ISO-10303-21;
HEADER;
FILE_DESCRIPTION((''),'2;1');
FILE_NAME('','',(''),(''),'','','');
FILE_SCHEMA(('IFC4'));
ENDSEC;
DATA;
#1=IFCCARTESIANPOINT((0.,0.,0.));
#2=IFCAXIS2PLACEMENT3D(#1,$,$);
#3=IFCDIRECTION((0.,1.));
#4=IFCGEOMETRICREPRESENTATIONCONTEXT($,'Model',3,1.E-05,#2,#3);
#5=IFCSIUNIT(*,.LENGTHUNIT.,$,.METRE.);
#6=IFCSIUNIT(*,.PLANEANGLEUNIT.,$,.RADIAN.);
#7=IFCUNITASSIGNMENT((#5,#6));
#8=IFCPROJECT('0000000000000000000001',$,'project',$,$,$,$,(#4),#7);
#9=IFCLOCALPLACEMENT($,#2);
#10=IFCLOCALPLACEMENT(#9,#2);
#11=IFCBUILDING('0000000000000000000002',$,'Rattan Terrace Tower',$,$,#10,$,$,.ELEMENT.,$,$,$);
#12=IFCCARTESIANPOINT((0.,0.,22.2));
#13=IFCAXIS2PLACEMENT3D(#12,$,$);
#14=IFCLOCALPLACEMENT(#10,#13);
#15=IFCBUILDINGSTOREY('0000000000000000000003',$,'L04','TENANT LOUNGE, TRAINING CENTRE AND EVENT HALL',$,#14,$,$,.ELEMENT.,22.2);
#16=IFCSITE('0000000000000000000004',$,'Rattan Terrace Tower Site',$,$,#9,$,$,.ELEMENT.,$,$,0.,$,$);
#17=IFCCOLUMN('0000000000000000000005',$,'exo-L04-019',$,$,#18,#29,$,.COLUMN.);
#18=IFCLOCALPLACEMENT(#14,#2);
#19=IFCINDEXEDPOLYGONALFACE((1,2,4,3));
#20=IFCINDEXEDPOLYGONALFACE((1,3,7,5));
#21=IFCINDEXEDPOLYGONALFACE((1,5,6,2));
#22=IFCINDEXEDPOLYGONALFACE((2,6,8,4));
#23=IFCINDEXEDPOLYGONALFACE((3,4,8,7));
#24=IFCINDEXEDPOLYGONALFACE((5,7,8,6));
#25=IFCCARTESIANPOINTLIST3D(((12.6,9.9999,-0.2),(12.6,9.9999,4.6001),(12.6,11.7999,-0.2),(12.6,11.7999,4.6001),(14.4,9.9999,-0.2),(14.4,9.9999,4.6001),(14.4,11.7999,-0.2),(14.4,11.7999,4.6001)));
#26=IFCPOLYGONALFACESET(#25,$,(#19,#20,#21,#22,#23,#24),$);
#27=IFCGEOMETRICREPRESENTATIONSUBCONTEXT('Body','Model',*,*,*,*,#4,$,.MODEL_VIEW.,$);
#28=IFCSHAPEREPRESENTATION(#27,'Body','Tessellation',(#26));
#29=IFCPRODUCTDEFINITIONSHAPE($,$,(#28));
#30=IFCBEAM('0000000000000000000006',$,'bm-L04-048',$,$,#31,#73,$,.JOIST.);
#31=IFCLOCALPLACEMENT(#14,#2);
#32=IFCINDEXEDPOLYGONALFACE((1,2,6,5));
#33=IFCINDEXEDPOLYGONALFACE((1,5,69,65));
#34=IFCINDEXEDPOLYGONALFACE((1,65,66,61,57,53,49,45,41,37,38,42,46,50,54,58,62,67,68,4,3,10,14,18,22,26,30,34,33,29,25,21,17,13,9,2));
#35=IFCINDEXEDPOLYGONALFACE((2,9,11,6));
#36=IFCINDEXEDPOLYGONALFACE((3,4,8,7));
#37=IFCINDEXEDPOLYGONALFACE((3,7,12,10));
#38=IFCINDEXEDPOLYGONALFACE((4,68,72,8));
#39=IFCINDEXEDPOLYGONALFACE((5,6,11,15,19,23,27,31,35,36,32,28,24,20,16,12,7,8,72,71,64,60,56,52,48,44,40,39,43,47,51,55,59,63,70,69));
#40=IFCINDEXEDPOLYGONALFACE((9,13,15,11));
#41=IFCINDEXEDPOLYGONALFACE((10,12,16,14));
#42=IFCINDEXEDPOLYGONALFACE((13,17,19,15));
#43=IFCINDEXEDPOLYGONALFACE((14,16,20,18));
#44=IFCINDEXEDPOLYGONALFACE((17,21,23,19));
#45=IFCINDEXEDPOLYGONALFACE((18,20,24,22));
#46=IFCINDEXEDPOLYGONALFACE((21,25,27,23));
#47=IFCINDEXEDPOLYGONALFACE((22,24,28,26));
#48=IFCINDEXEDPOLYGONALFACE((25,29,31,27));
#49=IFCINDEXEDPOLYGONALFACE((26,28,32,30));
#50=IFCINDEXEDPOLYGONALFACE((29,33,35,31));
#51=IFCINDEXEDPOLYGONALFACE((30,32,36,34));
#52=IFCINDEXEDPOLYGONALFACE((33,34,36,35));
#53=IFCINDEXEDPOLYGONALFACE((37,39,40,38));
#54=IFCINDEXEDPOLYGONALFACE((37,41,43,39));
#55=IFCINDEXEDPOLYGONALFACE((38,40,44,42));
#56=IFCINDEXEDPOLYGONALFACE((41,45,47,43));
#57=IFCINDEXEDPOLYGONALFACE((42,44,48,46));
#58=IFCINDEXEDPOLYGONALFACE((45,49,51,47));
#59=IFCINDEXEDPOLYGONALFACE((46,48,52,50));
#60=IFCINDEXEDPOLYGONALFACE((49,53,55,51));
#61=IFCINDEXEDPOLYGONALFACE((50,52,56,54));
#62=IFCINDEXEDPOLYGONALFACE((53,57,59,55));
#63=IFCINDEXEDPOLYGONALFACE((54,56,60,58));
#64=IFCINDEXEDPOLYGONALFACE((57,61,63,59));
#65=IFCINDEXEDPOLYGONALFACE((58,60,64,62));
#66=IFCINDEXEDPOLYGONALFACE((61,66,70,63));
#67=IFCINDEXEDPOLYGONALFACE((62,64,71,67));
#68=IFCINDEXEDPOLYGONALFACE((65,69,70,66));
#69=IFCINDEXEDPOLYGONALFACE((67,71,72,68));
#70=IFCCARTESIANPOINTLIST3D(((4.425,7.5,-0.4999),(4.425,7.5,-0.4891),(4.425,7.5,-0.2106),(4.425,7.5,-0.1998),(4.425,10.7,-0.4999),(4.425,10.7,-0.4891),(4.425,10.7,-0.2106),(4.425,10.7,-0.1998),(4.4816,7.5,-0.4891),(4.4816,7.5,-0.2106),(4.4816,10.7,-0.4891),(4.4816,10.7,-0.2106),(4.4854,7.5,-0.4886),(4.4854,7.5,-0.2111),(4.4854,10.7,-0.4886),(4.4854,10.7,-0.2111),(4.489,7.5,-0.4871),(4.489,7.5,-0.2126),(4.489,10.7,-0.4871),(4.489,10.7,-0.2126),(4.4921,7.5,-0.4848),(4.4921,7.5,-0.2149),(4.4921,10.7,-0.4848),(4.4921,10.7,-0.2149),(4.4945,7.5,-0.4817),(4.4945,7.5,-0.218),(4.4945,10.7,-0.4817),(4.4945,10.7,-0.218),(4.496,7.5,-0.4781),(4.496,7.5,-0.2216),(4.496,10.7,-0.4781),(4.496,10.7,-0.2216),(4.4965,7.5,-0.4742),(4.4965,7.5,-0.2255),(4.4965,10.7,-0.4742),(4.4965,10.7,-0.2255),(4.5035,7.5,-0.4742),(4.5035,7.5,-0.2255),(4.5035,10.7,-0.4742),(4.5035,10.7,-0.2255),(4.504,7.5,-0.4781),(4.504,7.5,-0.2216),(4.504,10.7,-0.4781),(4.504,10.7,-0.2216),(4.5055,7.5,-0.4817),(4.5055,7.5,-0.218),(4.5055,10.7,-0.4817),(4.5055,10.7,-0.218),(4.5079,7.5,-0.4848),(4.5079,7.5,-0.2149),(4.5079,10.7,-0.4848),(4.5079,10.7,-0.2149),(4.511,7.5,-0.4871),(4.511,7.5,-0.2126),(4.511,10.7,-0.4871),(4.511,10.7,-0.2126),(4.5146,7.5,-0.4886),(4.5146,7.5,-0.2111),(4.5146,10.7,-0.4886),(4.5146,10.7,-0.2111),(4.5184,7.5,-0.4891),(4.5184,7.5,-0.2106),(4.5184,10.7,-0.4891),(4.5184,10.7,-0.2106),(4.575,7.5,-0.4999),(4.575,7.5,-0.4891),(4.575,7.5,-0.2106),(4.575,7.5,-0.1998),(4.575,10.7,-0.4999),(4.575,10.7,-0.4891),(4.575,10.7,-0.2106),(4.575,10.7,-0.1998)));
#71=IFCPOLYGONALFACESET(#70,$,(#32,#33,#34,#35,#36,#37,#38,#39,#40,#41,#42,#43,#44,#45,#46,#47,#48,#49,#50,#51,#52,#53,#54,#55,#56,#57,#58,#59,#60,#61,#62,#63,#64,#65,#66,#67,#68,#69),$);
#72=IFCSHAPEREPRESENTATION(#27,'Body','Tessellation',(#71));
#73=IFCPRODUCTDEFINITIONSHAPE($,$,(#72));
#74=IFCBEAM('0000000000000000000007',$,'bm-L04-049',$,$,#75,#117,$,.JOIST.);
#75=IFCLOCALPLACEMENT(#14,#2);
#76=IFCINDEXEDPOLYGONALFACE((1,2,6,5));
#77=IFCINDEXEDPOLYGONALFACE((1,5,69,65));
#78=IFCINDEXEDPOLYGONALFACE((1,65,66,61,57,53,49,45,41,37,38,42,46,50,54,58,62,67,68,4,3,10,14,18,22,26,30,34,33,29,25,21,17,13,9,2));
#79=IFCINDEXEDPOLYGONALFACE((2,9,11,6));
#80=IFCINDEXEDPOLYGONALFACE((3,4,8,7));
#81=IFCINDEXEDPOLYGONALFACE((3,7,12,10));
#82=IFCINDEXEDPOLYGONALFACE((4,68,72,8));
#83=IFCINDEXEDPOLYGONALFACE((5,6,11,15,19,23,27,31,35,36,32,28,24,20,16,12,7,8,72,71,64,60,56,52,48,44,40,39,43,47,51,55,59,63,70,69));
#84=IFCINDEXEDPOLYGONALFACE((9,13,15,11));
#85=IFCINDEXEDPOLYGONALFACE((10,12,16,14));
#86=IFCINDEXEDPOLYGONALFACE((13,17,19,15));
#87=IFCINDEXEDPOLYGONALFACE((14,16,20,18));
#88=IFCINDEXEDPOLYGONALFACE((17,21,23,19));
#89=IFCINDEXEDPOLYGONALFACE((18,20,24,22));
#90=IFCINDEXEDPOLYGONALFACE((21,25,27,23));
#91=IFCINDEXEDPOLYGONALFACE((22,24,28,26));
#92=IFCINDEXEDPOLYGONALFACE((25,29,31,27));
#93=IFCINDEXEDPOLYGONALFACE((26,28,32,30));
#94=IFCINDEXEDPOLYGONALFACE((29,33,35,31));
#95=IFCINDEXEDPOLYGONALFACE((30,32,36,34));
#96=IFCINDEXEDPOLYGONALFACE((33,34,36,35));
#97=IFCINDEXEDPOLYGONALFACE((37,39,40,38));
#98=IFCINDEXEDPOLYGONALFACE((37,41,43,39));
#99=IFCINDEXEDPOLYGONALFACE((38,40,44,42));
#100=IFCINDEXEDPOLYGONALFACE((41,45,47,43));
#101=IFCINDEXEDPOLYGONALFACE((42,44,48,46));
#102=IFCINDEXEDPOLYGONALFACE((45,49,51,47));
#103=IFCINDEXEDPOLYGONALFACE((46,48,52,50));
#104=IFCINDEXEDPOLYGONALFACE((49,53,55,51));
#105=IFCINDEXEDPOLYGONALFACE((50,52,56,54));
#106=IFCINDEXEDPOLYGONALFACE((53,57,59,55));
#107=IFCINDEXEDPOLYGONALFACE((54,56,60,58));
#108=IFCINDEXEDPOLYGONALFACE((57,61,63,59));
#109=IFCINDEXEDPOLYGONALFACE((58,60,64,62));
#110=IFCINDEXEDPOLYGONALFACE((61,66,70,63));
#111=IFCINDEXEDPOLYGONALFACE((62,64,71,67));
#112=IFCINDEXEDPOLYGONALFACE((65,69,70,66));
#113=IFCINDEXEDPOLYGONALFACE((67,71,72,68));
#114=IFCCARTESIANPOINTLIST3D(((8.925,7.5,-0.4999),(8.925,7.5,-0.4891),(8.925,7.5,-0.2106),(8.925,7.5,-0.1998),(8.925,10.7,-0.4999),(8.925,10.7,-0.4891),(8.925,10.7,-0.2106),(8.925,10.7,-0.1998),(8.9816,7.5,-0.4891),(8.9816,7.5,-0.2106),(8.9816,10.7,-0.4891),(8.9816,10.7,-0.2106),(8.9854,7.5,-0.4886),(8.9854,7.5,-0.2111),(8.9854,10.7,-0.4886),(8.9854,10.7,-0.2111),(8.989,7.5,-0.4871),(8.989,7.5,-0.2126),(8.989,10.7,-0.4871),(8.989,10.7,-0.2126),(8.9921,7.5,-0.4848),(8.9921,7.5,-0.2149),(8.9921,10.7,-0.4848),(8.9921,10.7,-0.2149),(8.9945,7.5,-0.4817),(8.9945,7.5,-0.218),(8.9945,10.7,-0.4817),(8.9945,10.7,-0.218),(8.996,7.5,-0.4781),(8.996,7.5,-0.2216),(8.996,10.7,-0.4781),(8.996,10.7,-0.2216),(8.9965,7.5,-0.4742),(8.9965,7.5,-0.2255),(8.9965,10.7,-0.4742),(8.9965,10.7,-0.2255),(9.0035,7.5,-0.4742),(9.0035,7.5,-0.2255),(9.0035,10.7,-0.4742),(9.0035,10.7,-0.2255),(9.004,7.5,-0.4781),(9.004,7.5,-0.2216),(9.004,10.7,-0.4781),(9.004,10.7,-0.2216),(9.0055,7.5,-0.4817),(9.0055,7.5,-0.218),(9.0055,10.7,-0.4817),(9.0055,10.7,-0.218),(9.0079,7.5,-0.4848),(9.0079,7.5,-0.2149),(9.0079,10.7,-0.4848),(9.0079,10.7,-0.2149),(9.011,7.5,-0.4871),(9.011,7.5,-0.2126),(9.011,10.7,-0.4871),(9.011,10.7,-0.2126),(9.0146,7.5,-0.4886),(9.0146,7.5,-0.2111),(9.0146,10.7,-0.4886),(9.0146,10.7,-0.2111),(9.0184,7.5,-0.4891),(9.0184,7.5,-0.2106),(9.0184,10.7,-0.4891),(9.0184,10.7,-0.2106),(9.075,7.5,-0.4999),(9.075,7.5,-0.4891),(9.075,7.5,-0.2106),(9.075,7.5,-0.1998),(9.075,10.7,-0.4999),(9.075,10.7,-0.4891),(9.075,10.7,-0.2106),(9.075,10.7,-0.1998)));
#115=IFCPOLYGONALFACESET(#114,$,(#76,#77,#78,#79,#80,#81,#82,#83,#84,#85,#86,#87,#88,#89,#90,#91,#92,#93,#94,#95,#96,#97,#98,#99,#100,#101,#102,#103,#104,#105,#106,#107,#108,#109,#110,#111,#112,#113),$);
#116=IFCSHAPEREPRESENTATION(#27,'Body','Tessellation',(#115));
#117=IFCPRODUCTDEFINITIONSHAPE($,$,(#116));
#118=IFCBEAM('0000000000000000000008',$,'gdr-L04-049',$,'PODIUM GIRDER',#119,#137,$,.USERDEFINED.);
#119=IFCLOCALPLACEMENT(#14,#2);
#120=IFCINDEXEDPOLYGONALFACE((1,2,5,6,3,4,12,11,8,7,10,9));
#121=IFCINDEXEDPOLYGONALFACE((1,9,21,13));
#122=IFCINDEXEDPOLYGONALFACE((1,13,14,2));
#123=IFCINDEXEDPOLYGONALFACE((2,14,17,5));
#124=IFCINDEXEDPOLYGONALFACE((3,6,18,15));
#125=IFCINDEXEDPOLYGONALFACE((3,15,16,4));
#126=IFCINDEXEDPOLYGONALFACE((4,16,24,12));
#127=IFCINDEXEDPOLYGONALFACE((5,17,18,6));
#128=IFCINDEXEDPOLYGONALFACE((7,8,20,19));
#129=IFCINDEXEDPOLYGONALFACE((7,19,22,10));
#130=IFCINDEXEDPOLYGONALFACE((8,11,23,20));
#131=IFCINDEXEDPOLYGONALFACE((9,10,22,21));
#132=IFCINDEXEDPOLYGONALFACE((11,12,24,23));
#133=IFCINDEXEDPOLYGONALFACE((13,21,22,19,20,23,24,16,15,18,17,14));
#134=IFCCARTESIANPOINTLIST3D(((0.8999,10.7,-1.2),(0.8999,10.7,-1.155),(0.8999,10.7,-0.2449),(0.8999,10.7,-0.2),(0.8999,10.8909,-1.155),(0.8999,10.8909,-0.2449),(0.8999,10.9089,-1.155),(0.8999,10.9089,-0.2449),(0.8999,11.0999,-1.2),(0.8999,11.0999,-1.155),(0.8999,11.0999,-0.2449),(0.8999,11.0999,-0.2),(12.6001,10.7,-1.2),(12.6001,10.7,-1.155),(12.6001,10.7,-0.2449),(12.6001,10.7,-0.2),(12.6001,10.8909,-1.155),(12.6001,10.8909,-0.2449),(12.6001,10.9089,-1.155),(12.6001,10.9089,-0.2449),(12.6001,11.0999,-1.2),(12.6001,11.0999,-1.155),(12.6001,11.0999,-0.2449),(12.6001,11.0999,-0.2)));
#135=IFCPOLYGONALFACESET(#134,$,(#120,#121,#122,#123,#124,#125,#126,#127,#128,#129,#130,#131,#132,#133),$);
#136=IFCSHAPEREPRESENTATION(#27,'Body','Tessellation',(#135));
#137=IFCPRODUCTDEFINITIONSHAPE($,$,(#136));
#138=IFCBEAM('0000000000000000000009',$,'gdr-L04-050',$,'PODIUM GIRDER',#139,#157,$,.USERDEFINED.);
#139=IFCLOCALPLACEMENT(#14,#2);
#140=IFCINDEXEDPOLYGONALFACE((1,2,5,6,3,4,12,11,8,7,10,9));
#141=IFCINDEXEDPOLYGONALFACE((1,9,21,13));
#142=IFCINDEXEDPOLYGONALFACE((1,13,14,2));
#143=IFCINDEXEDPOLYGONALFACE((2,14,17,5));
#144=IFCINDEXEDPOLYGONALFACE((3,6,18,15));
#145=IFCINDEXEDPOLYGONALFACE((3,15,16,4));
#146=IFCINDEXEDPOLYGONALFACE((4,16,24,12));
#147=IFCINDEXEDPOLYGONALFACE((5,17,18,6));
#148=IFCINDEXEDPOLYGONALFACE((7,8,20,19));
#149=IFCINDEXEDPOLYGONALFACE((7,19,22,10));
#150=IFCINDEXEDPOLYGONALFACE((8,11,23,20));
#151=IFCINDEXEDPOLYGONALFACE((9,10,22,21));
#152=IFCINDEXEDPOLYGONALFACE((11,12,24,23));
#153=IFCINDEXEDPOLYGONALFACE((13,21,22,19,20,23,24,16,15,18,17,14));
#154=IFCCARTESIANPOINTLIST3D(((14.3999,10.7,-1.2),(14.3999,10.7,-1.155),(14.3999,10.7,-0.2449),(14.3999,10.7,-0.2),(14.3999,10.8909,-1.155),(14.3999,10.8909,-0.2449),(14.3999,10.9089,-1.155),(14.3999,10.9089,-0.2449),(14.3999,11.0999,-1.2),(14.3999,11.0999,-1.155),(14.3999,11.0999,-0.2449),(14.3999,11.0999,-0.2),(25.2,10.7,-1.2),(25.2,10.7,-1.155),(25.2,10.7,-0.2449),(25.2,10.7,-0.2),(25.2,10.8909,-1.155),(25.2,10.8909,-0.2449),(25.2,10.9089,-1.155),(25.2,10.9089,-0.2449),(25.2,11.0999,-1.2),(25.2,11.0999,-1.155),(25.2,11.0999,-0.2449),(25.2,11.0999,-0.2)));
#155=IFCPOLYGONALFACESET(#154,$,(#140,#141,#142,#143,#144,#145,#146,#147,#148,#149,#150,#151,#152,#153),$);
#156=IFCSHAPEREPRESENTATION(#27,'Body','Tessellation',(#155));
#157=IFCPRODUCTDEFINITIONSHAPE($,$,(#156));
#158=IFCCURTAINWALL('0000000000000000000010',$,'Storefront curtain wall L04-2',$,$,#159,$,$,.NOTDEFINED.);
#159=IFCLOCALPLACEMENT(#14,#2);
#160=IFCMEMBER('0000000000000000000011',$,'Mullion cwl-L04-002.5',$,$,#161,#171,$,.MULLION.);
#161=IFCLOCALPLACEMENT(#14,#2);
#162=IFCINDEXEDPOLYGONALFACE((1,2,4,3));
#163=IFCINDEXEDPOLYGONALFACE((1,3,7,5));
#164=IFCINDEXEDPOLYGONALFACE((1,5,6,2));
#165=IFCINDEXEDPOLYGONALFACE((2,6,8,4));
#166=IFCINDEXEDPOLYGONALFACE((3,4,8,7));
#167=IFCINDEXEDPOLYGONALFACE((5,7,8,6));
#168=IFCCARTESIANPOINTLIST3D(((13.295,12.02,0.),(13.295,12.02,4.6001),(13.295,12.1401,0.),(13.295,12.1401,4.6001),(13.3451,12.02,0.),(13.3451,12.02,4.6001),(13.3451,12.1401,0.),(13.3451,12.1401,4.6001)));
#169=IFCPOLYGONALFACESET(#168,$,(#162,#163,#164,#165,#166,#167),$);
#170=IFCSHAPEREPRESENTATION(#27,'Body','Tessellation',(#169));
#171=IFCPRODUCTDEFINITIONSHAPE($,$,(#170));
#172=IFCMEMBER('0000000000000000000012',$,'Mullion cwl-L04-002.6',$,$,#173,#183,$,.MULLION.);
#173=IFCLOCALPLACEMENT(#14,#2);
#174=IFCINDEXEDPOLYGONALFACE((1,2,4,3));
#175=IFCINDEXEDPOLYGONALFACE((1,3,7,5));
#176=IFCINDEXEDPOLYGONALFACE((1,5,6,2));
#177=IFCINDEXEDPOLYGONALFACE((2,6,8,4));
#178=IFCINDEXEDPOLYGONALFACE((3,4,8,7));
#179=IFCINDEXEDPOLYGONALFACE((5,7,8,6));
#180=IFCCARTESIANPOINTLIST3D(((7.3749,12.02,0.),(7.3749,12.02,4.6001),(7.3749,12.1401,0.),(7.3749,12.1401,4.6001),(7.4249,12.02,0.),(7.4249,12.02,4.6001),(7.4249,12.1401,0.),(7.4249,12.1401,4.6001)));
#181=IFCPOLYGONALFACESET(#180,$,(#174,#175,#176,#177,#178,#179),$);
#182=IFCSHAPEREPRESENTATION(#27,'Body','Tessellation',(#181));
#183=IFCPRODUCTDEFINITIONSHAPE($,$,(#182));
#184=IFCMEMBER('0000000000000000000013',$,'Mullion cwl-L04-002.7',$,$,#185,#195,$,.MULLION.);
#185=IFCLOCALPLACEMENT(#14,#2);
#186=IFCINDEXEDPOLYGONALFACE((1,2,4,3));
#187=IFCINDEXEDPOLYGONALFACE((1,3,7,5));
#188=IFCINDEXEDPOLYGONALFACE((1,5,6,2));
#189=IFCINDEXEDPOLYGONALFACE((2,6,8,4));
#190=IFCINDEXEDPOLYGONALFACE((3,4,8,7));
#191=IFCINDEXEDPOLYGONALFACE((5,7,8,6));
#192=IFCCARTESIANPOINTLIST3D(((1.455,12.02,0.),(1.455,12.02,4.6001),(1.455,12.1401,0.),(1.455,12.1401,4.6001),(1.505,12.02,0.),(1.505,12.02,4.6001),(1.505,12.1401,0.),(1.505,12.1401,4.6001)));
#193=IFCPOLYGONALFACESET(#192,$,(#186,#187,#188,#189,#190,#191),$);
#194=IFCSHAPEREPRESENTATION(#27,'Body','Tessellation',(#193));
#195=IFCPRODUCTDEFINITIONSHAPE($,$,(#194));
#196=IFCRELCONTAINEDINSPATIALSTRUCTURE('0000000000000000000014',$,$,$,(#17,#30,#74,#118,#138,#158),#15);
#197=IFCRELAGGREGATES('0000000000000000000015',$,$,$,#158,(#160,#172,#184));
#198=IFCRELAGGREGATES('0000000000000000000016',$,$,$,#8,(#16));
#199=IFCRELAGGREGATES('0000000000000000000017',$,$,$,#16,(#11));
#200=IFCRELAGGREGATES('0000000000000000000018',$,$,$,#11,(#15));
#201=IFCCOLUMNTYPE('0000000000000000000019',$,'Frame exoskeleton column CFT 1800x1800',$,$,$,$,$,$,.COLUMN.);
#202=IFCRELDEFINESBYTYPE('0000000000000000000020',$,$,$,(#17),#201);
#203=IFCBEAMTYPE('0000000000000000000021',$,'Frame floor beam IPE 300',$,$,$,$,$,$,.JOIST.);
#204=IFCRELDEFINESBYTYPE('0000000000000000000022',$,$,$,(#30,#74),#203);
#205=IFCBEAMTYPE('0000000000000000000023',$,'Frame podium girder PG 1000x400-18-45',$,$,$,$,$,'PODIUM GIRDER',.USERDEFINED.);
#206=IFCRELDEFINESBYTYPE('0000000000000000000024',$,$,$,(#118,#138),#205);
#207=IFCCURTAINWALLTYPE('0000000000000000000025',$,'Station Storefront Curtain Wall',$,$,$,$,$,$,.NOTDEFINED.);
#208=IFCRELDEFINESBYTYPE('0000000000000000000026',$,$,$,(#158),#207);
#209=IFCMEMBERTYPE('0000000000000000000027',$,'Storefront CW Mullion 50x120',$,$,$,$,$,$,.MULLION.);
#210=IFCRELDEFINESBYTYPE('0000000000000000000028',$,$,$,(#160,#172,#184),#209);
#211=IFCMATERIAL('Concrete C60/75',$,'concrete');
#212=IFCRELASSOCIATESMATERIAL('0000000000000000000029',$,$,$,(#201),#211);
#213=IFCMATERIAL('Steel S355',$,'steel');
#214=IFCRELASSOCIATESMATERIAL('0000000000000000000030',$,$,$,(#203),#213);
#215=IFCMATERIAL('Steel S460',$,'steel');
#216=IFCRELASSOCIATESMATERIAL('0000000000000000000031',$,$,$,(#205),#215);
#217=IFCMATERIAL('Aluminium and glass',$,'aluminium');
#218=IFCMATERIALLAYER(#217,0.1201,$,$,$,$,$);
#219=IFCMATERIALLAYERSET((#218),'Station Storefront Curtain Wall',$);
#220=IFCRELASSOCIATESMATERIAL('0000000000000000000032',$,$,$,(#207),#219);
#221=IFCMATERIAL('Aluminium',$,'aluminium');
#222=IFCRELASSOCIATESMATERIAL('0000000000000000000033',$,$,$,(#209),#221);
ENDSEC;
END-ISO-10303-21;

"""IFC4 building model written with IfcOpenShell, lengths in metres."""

from ifc_helpers import new_model, si_unit, direction, frame, origin, origin_2d, place, context, subcontext, project, spatial, rectangle, i_section, extrude, material, layer, layer_set, material_profile, profile_set, type_object, element, aggregate, save


model = new_model("IFC4")

# Units and contexts
model_context = context("Model", 3, precision=1e-05, world=origin(), true_north=direction((0.0, 1.0)))
body_context = subcontext(model_context, "Body", "Model", "MODEL_VIEW")
ifc_project = project(units=[si_unit("LENGTHUNIT", "METRE"), si_unit("PLANEANGLEUNIT", "RADIAN")], contexts=[model_context])

# Site, building, storey
site_placement = place(None, origin())
site = spatial("IfcSite", under=ifc_project, at=site_placement, Name="Rattan Terrace Tower Site", CompositionType="ELEMENT", RefElevation=0.0)
building_placement = place(site_placement, origin())
building = spatial("IfcBuilding", under=site, at=building_placement, Name="Rattan Terrace Tower", CompositionType="ELEMENT")
storey_placement = place(building_placement, frame((0.0, 0.0, 22.2)))
storey = spatial("IfcBuildingStorey", under=building, at=storey_placement, Name="L04", Description="TENANT LOUNGE, TRAINING CENTRE AND EVENT HALL", CompositionType="ELEMENT", Elevation=22.2)

# Column
ifc_material_1 = material(Name="Concrete C60/75", Category="concrete")
ifc_material_profile_1 = material_profile(ifc_material_1, rectangle(XDim=1.8, YDim=1.8, at=origin_2d()), Name="CFT 1800x1800")
ifc_profile_set_1 = profile_set([ifc_material_profile_1], Name="Concrete C60/75")
column_type = type_object("IfcColumnType", Name="Frame exoskeleton column CFT 1800x1800", PredefinedType="COLUMN", material=ifc_profile_set_1)
column_placement = place(storey_placement, frame((13.5, 10.8999, -0.2), z_axis=(0.0, 0.0, 1.0), x_axis=(1.0, 0.0, 0.0)))
element("IfcColumn", 1, at=column_placement, inside=storey, type_object=column_type, Name="exo-L04-019", PredefinedType="COLUMN", context=body_context, shape_type="SweptSolid", body=[
    extrude(rectangle(XDim=1.8, YDim=1.8, at=origin_2d()), origin(), (0.0, 0.0, 1.0), 4.8),
])

# Beams
ifc_material_2 = material(Name="Steel S355", Category="steel")
ifc_material_profile_2 = material_profile(ifc_material_2, i_section(OverallWidth=0.1499, OverallDepth=0.3, WebThickness=0.0071, FlangeThickness=0.0107, FilletRadius=0.0149, at=origin_2d()), Name="IPE 300")
ifc_profile_set_2 = profile_set([ifc_material_profile_2], Name="Steel S355")
beam_type_1 = type_object("IfcBeamType", Name="Frame floor beam IPE 300", PredefinedType="JOIST", material=ifc_profile_set_2)
for number, where, z_axis, x_axis, name in (
    (2, (4.5, 7.5, -0.3499), (0.0, 1.0, 0.0), (-1.0, 0.0, 0.0), "bm-L04-048"),
    (3, (9.0, 7.5, -0.3499), (0.0, 1.0, 0.0), (-1.0, 0.0, 0.0), "bm-L04-049"),
):
    element("IfcBeam", number, at=place(storey_placement, frame(where, z_axis=z_axis, x_axis=x_axis)), inside=storey, type_object=beam_type_1, Name=name, PredefinedType="JOIST", context=body_context, shape_type="SweptSolid", body=[
        extrude(i_section(OverallWidth=0.1499, OverallDepth=0.3, WebThickness=0.0071, FlangeThickness=0.0107, FilletRadius=0.0149, at=origin_2d()), origin(), (0.0, 0.0, 1.0), 3.2),
    ])
ifc_material_3 = material(Name="Steel S460", Category="steel")
ifc_material_profile_3 = material_profile(ifc_material_3, i_section(OverallWidth=0.3999, OverallDepth=1.0, WebThickness=0.0181, FlangeThickness=0.0449, at=origin_2d()), Name="PG 1000x400-18-45")
ifc_profile_set_3 = profile_set([ifc_material_profile_3], Name="Steel S460")
beam_type_2 = type_object("IfcBeamType", Name="Frame podium girder PG 1000x400-18-45", ElementType="PODIUM GIRDER", PredefinedType="USERDEFINED", material=ifc_profile_set_3)
beam_1_placement = place(storey_placement, frame((0.8999, 10.8999, -0.7), z_axis=(1.0, 0.0, 0.0), x_axis=(0.0, 1.0, 0.0)))
element("IfcBeam", 4, at=beam_1_placement, inside=storey, type_object=beam_type_2, Name="gdr-L04-049", ObjectType="PODIUM GIRDER", PredefinedType="USERDEFINED", context=body_context, shape_type="SweptSolid", body=[
    extrude(i_section(OverallWidth=0.3999, OverallDepth=1.0, WebThickness=0.0181, FlangeThickness=0.0449, at=origin_2d()), origin(), (0.0, 0.0, 1.0), 11.7002),
])
beam_2_placement = place(storey_placement, frame((14.3999, 10.8999, -0.7), z_axis=(1.0, 0.0, 0.0), x_axis=(0.0, 1.0, 0.0)))
element("IfcBeam", 5, at=beam_2_placement, inside=storey, type_object=beam_type_2, Name="gdr-L04-050", ObjectType="PODIUM GIRDER", PredefinedType="USERDEFINED", context=body_context, shape_type="SweptSolid", body=[
    extrude(i_section(OverallWidth=0.3999, OverallDepth=1.0, WebThickness=0.0181, FlangeThickness=0.0449, at=origin_2d()), origin(), (0.0, 0.0, 1.0), 10.8),
])

# Curtain wall, members
ifc_material_4 = material(Name="Aluminium and glass", Category="aluminium")
ifc_layer_1 = layer(ifc_material_4, 0.1201)
ifc_layer_set_1 = layer_set([ifc_layer_1], Name="Station Storefront Curtain Wall")
curtain_wall_type = type_object("IfcCurtainWallType", Name="Station Storefront Curtain Wall", PredefinedType="NOTDEFINED", material=ifc_layer_set_1)
curtain_wall_placement = place(storey_placement, origin())
curtain_wall = element("IfcCurtainWall", 6, at=curtain_wall_placement, inside=storey, type_object=curtain_wall_type, Name="Storefront curtain wall L04-2", PredefinedType="NOTDEFINED")
ifc_material_5 = material(Name="Aluminium", Category="aluminium")
ifc_material_profile_4 = material_profile(ifc_material_5, rectangle(XDim=0.05, YDim=0.1201, at=origin_2d()), Name="Aluminium 50x120")
ifc_profile_set_4 = profile_set([ifc_material_profile_4], Name="Aluminium")
member_type_1 = type_object("IfcMemberType", Name="Storefront CW Mullion 50x120", PredefinedType="MULLION", material=ifc_profile_set_4)
member_1_placement = place(storey_placement, frame((13.3201, 12.0801, 0.0), z_axis=(0.0, 0.0, 1.0), x_axis=(-1.0, 0.0, 0.0)))
member_1 = element("IfcMember", 7, at=member_1_placement, type_object=member_type_1, Name="Mullion cwl-L04-002.5", PredefinedType="MULLION", context=body_context, shape_type="SweptSolid", body=[
    extrude(rectangle(XDim=0.05, YDim=0.1201, at=origin_2d()), origin(), (0.0, 0.0, 1.0), 4.6001),
])
member_2_placement = place(storey_placement, frame((7.3999, 12.0801, 0.0), z_axis=(0.0, 0.0, 1.0), x_axis=(-1.0, 0.0, 0.0)))
member_2 = element("IfcMember", 8, at=member_2_placement, type_object=member_type_1, Name="Mullion cwl-L04-002.6", PredefinedType="MULLION", context=body_context, shape_type="SweptSolid", body=[
    extrude(rectangle(XDim=0.05, YDim=0.1201, at=origin_2d()), origin(), (0.0, 0.0, 1.0), 4.6001),
])
member_3_placement = place(storey_placement, frame((1.48, 12.0801, 0.0), z_axis=(0.0, 0.0, 1.0), x_axis=(-1.0, 0.0, 0.0)))
member_3 = element("IfcMember", 9, at=member_3_placement, type_object=member_type_1, Name="Mullion cwl-L04-002.7", PredefinedType="MULLION", context=body_context, shape_type="SweptSolid", body=[
    extrude(rectangle(XDim=0.05, YDim=0.1201, at=origin_2d()), origin(), (0.0, 0.0, 1.0), 4.6001),
])
aggregate(curtain_wall, [member_1, member_2, member_3])

save(model, "model.ifc")
